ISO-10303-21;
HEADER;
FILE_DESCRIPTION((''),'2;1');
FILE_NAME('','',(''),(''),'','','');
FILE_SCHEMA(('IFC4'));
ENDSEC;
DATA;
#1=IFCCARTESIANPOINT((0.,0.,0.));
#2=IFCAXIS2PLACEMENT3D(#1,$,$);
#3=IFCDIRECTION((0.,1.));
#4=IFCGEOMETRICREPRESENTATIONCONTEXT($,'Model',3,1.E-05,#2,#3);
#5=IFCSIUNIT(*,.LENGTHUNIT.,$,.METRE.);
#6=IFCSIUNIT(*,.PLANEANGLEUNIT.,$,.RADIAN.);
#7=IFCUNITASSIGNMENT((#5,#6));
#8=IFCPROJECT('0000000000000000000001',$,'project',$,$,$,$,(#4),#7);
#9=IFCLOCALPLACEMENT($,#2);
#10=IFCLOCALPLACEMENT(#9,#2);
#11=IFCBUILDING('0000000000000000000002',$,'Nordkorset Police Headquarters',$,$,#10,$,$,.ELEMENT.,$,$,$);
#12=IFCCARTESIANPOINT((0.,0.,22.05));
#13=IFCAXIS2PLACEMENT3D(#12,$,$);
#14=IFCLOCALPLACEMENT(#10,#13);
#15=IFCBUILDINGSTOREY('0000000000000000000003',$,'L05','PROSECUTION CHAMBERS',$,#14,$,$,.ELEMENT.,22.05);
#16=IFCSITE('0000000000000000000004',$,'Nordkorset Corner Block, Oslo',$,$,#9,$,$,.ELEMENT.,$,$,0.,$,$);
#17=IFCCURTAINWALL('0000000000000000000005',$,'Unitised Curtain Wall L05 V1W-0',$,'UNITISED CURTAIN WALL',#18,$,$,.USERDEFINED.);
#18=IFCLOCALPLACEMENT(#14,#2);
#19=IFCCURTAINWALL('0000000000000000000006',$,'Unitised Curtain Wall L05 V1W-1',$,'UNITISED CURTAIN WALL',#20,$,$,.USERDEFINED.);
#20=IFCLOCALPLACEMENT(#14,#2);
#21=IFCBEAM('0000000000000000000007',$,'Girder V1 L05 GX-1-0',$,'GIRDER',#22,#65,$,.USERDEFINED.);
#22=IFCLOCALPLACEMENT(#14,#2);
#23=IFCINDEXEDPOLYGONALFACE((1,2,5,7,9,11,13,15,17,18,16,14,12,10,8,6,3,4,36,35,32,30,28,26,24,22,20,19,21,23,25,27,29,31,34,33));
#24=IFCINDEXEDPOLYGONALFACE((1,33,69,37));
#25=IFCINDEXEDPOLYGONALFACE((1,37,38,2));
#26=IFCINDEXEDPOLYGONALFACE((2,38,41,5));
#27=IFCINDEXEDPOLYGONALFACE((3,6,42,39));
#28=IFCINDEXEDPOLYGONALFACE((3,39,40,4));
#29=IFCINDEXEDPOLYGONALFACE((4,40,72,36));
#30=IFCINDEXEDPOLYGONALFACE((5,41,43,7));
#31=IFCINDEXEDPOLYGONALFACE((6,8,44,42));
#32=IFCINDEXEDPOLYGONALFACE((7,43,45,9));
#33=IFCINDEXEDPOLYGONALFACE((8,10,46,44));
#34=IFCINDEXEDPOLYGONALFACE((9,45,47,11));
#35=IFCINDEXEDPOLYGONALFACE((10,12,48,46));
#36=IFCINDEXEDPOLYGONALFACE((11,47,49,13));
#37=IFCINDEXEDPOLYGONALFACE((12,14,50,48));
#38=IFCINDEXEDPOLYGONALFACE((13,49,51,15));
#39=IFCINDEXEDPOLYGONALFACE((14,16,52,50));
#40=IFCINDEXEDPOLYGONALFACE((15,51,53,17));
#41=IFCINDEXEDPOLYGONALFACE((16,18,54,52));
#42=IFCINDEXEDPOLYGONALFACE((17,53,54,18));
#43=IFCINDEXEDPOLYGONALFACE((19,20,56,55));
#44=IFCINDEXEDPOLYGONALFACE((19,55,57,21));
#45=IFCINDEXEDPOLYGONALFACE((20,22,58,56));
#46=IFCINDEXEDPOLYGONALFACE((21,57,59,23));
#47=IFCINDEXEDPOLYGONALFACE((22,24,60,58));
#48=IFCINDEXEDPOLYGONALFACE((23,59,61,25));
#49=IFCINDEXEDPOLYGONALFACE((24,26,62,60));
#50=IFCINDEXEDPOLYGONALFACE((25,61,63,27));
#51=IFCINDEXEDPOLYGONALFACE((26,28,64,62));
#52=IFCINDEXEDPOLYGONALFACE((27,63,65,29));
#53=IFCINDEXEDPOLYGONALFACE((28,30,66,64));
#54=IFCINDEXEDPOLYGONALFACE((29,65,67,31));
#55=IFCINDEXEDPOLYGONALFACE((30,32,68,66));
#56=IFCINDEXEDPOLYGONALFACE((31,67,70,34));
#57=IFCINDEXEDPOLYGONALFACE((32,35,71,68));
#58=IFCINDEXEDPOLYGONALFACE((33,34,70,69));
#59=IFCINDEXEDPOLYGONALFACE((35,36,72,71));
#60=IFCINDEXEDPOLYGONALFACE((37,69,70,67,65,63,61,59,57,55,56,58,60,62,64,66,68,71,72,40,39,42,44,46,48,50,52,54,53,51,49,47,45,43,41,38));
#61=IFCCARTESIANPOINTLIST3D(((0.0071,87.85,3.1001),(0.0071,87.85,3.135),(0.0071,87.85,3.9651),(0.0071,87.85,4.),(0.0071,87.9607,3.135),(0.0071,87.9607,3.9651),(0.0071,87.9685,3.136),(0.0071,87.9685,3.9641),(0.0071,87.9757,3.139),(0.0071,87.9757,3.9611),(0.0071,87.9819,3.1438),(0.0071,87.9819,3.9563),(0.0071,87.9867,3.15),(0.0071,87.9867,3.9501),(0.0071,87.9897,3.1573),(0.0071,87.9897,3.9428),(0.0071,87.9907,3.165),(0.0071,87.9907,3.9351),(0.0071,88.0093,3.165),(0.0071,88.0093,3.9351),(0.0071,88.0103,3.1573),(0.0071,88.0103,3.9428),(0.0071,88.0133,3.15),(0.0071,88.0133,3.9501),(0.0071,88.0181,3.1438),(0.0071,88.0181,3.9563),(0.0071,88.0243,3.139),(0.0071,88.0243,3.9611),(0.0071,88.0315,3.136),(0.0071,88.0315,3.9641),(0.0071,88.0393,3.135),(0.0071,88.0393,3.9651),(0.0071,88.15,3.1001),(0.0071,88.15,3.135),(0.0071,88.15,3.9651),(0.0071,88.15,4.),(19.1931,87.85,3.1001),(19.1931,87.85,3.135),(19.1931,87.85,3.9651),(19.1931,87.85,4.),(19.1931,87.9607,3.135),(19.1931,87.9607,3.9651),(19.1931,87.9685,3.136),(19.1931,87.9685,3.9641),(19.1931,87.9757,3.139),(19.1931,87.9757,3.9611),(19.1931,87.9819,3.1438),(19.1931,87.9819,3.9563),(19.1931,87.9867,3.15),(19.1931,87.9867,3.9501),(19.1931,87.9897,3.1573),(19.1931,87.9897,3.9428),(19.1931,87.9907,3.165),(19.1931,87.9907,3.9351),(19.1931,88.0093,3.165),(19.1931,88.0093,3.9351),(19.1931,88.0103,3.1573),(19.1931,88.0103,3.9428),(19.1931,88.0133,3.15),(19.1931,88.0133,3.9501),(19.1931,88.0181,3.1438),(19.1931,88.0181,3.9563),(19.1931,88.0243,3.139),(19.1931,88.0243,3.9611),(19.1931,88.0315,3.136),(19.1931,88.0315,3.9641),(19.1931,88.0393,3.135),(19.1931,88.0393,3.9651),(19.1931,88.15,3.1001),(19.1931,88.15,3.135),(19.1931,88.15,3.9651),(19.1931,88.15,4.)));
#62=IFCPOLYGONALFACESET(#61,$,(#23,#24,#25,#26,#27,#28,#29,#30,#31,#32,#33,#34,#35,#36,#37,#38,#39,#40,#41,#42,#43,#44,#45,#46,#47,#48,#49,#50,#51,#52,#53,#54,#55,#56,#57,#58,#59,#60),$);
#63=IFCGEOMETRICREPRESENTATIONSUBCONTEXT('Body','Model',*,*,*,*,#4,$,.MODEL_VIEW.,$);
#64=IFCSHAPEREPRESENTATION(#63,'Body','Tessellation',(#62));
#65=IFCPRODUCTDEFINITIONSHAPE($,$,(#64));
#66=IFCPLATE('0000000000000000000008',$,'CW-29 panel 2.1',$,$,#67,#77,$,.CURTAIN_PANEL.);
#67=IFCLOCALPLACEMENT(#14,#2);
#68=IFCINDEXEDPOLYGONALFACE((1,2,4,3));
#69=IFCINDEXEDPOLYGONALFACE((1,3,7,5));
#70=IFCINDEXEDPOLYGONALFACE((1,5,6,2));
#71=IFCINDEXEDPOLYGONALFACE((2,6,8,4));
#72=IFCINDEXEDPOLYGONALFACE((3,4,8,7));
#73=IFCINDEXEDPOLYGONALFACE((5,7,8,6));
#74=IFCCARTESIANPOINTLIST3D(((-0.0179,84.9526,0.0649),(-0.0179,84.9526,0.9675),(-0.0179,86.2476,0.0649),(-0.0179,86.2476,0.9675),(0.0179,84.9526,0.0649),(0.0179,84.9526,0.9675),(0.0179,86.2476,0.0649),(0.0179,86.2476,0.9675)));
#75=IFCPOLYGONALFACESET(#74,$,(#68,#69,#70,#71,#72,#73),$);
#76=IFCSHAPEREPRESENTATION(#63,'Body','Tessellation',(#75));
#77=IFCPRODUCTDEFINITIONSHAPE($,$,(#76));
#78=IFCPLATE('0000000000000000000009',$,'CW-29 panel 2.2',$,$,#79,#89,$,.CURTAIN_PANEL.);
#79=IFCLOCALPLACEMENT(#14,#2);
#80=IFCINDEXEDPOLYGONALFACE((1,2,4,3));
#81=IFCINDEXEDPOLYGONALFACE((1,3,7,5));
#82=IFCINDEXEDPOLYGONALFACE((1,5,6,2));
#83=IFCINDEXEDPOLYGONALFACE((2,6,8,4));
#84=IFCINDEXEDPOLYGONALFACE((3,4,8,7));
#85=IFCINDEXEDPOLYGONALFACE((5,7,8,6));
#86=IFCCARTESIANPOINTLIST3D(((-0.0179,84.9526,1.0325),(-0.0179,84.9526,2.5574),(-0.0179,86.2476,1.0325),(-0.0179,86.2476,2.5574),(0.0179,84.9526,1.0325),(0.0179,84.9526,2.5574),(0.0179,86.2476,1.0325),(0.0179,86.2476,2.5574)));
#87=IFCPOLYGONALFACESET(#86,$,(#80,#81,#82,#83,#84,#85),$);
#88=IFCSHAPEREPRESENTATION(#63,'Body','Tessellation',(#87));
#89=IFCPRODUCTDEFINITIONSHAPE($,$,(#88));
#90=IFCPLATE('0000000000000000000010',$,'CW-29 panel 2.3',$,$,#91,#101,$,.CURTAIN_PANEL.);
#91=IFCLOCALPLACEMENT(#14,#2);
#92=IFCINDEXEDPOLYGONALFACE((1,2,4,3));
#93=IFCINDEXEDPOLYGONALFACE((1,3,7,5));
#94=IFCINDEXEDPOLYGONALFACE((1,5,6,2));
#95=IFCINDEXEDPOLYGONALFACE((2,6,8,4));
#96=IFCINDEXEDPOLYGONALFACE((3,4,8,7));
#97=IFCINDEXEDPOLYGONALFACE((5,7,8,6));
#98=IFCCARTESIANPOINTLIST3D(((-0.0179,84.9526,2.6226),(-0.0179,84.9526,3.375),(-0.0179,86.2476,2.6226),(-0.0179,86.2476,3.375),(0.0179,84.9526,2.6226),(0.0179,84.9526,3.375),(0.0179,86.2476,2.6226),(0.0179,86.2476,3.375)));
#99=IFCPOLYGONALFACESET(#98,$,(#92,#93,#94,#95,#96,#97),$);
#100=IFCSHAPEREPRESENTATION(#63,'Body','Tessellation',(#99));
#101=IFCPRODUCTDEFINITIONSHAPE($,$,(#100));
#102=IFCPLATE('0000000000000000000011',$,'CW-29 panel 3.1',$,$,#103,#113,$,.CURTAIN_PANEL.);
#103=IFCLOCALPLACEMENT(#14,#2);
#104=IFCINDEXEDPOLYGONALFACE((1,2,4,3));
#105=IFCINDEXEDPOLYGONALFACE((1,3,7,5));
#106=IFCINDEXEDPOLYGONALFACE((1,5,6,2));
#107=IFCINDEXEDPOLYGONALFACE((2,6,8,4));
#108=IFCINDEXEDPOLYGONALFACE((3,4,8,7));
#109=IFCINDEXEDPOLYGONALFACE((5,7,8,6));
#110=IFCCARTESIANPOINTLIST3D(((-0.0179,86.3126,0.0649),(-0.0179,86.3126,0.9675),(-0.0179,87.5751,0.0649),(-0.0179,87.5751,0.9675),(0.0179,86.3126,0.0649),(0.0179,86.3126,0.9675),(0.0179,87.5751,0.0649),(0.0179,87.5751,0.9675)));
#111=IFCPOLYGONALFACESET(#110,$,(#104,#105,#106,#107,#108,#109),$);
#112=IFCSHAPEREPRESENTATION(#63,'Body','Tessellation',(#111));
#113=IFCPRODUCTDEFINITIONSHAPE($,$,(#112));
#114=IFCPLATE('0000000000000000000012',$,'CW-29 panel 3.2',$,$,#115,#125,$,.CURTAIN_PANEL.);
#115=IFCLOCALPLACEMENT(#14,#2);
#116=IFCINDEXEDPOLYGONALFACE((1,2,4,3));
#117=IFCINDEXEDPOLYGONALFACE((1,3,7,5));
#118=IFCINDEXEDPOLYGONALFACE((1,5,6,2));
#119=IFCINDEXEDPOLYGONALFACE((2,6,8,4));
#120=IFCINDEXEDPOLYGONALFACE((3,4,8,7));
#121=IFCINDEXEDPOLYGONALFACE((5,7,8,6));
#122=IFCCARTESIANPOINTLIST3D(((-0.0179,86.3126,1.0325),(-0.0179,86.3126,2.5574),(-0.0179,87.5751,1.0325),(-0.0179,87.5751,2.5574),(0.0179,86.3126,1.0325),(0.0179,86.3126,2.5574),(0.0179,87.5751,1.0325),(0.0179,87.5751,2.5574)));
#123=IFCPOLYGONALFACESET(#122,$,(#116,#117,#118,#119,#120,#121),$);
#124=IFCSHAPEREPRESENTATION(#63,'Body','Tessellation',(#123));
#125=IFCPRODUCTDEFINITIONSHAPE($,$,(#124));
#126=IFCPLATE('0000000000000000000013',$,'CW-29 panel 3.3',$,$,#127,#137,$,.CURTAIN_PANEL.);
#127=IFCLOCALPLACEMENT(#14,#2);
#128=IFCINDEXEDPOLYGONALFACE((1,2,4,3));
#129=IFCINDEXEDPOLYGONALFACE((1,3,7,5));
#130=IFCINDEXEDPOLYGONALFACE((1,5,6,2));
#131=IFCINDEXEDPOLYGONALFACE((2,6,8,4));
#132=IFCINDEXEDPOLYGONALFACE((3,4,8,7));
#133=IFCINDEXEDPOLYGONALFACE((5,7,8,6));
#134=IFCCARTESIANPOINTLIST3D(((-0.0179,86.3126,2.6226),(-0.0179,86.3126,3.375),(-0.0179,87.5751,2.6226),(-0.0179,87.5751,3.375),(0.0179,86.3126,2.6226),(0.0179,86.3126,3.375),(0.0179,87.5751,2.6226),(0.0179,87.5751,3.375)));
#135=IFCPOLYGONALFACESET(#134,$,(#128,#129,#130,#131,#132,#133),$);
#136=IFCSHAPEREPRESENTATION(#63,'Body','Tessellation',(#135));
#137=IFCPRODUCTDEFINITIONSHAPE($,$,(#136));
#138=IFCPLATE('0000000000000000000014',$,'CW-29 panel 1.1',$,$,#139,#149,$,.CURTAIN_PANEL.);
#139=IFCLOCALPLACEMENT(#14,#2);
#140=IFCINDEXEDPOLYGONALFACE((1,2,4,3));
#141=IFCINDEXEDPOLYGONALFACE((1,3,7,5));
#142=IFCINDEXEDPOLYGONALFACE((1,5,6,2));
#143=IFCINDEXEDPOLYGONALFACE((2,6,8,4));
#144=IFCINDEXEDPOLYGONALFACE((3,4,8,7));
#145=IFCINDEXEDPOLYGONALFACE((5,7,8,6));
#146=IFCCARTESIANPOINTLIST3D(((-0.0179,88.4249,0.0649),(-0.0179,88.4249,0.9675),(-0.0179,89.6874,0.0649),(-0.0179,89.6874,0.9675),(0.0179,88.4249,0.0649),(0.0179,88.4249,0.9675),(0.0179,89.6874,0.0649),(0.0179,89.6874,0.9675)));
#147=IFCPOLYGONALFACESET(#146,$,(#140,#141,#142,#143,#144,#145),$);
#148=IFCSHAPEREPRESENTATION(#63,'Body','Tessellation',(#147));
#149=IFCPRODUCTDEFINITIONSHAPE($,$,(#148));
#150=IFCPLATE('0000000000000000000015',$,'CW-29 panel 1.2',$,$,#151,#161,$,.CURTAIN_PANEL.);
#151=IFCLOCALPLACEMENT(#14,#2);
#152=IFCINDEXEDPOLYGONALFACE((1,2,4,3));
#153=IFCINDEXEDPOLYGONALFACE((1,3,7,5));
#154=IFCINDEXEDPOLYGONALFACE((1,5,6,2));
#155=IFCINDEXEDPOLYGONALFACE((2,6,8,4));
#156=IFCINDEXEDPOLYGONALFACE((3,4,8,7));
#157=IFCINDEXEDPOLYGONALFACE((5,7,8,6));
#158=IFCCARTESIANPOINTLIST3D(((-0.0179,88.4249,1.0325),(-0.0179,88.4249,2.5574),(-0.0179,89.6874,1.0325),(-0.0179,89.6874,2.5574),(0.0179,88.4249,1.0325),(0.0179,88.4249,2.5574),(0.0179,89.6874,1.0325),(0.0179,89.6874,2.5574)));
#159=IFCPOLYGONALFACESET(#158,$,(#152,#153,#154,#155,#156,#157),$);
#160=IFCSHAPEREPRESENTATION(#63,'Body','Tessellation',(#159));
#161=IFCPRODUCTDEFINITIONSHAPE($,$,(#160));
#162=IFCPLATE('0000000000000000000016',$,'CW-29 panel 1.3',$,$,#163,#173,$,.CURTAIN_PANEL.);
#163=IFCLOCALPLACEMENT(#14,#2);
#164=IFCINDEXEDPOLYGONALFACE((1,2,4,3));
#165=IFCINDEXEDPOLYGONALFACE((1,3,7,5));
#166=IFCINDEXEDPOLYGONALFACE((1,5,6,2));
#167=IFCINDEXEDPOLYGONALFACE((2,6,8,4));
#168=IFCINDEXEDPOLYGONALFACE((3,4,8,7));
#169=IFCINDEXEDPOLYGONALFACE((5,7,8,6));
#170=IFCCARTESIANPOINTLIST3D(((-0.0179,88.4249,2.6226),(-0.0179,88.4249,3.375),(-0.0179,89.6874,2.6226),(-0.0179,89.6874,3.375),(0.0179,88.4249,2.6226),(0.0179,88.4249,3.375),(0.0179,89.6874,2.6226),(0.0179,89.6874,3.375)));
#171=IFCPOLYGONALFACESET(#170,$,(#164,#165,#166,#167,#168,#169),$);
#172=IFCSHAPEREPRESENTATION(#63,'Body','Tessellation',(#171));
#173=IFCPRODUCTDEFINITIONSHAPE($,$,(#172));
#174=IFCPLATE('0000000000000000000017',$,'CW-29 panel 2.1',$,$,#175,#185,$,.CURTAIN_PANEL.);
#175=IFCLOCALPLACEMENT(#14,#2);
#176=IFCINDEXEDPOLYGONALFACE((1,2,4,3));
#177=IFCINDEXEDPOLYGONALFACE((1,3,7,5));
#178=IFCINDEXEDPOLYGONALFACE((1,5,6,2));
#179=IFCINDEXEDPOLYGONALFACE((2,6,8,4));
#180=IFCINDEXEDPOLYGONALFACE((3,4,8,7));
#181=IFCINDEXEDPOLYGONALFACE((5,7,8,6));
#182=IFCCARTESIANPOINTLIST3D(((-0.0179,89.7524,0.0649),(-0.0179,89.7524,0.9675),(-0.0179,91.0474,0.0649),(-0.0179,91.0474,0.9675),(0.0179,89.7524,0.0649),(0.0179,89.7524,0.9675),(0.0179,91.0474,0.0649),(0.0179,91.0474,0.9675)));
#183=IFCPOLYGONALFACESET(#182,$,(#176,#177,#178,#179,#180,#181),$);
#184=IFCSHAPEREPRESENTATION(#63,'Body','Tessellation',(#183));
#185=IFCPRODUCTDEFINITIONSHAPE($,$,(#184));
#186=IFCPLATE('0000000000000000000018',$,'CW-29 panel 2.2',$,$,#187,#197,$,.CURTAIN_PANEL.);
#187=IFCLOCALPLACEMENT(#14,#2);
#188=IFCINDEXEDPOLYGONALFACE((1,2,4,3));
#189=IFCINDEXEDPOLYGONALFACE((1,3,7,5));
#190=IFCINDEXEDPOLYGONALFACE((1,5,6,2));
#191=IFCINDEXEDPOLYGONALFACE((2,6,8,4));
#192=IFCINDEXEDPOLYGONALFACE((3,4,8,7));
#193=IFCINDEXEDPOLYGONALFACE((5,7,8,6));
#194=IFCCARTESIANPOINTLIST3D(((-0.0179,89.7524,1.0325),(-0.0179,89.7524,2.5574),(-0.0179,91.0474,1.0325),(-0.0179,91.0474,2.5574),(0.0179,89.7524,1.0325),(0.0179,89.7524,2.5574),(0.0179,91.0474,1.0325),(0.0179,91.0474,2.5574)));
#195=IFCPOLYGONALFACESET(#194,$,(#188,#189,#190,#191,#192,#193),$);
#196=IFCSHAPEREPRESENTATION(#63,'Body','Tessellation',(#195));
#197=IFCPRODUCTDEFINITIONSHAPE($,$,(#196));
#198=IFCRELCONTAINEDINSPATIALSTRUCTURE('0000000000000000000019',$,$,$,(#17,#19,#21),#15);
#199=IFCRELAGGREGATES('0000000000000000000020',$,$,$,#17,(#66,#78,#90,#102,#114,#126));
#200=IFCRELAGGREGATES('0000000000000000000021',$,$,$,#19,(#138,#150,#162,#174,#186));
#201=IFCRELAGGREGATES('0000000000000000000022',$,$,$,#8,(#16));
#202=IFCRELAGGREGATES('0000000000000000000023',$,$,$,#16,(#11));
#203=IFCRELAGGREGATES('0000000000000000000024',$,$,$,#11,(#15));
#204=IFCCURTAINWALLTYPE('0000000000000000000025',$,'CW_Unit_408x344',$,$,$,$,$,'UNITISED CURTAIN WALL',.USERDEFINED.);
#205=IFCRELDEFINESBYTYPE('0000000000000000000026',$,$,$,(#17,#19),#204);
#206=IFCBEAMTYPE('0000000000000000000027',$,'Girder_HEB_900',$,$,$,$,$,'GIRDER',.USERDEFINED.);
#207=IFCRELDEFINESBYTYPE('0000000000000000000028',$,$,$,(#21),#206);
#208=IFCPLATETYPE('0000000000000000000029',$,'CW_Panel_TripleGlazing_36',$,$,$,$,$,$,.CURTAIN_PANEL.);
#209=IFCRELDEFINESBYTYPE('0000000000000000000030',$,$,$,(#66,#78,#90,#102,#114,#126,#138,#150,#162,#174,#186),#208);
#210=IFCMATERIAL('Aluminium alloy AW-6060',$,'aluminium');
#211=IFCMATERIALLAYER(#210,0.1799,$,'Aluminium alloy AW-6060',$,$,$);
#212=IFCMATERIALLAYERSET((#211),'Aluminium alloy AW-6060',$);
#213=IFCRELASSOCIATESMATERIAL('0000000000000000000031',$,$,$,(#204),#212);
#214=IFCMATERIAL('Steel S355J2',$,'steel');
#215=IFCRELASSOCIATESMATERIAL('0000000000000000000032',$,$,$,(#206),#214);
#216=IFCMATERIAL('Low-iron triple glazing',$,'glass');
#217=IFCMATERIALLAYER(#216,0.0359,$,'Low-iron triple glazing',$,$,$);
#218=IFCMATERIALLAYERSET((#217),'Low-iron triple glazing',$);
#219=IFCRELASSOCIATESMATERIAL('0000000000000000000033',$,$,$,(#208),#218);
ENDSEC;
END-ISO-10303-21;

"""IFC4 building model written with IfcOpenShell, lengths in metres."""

from ifc_helpers import new_model, si_unit, direction, frame, origin, origin_2d, place, context, subcontext, project, spatial, rectangle, i_section, extrude, material, layer, layer_set, material_profile, profile_set, type_object, element, aggregate, save


model = new_model("IFC4")

# Units and contexts
model_context = context("Model", 3, precision=1e-05, world=origin(), true_north=direction((0.0, 1.0)))
body_context = subcontext(model_context, "Body", "Model", "MODEL_VIEW")
ifc_project = project(units=[si_unit("LENGTHUNIT", "METRE"), si_unit("PLANEANGLEUNIT", "RADIAN")], contexts=[model_context])

# Site, building, storey
site_placement = place(None, origin())
site = spatial("IfcSite", under=ifc_project, at=site_placement, Name="Nordkorset Corner Block, Oslo", CompositionType="ELEMENT", RefElevation=0.0)
building_placement = place(site_placement, origin())
building = spatial("IfcBuilding", under=site, at=building_placement, Name="Nordkorset Police Headquarters", CompositionType="ELEMENT")
storey_placement = place(building_placement, frame((0.0, 0.0, 22.05)))
storey = spatial("IfcBuildingStorey", under=building, at=storey_placement, Name="L05", Description="PROSECUTION CHAMBERS", CompositionType="ELEMENT", Elevation=22.05)

# Curtain walls
ifc_material_1 = material(Name="Aluminium alloy AW-6060", Category="aluminium")
ifc_layer_1 = layer(ifc_material_1, 0.1799, Name="Aluminium alloy AW-6060")
ifc_layer_set_1 = layer_set([ifc_layer_1], Name="Aluminium alloy AW-6060")
curtain_wall_type = type_object("IfcCurtainWallType", Name="CW_Unit_408x344", ElementType="UNITISED CURTAIN WALL", PredefinedType="USERDEFINED", material=ifc_layer_set_1)
curtain_wall_1_placement = place(storey_placement, origin())
curtain_wall_1 = element("IfcCurtainWall", 1, at=curtain_wall_1_placement, inside=storey, type_object=curtain_wall_type, Name="Unitised Curtain Wall L05 V1W-0", ObjectType="UNITISED CURTAIN WALL", PredefinedType="USERDEFINED")
curtain_wall_2_placement = place(storey_placement, origin())
curtain_wall_2 = element("IfcCurtainWall", 2, at=curtain_wall_2_placement, inside=storey, type_object=curtain_wall_type, Name="Unitised Curtain Wall L05 V1W-1", ObjectType="UNITISED CURTAIN WALL", PredefinedType="USERDEFINED")

# Beam
ifc_material_2 = material(Name="Steel S355J2", Category="steel")
ifc_material_profile_1 = material_profile(ifc_material_2, i_section(OverallWidth=0.3, OverallDepth=0.8999, WebThickness=0.0186, FlangeThickness=0.0349, FilletRadius=0.03, at=origin_2d()), Name="HEB 900")
ifc_profile_set_1 = profile_set([ifc_material_profile_1], Name="Steel S355J2")
beam_type_1 = type_object("IfcBeamType", Name="Girder_HEB_900", ElementType="GIRDER", PredefinedType="USERDEFINED", material=ifc_profile_set_1)
beam_1_placement = place(storey_placement, frame((0.0071, 88.0, 3.55), z_axis=(1.0, 0.0, 0.0), x_axis=(0.0, 1.0, 0.0)))
element("IfcBeam", 3, at=beam_1_placement, inside=storey, type_object=beam_type_1, Name="Girder V1 L05 GX-1-0", ObjectType="GIRDER", PredefinedType="USERDEFINED", context=body_context, shape_type="SweptSolid", body=[
    extrude(i_section(OverallWidth=0.3, OverallDepth=0.8999, WebThickness=0.0186, FlangeThickness=0.0349, FilletRadius=0.03, at=origin_2d()), origin(), (0.0, 0.0, 1.0), 19.186),
])

# Plates
ifc_material_3 = material(Name="Low-iron triple glazing", Category="glass")
ifc_layer_2 = layer(ifc_material_3, 0.0359, Name="Low-iron triple glazing")
ifc_layer_set_2 = layer_set([ifc_layer_2], Name="Low-iron triple glazing")
plate_type = type_object("IfcPlateType", Name="CW_Panel_TripleGlazing_36", PredefinedType="CURTAIN_PANEL", material=ifc_layer_set_2)
plate_1_placement = place(storey_placement, frame((0.0, 85.6001, 0.0649), z_axis=(0.0, 0.0, 1.0), x_axis=(0.0, 1.0, 0.0)))
plate_1 = element("IfcPlate", 4, at=plate_1_placement, type_object=plate_type, Name="CW-29 panel 2.1", PredefinedType="CURTAIN_PANEL", context=body_context, shape_type="SweptSolid", body=[
    extrude(rectangle(XDim=1.2949, YDim=0.0359, at=origin_2d()), origin(), (0.0, 0.0, 1.0), 0.9026),
])
plate_2_placement = place(storey_placement, frame((0.0, 85.6001, 1.0325), z_axis=(0.0, 0.0, 1.0), x_axis=(0.0, 1.0, 0.0)))
plate_2 = element("IfcPlate", 5, at=plate_2_placement, type_object=plate_type, Name="CW-29 panel 2.2", PredefinedType="CURTAIN_PANEL", context=body_context, shape_type="SweptSolid", body=[
    extrude(rectangle(XDim=1.2949, YDim=0.0359, at=origin_2d()), origin(), (0.0, 0.0, 1.0), 1.5249),
])
plate_3_placement = place(storey_placement, frame((0.0, 85.6001, 2.6226), z_axis=(0.0, 0.0, 1.0), x_axis=(0.0, 1.0, 0.0)))
plate_3 = element("IfcPlate", 6, at=plate_3_placement, type_object=plate_type, Name="CW-29 panel 2.3", PredefinedType="CURTAIN_PANEL", context=body_context, shape_type="SweptSolid", body=[
    extrude(rectangle(XDim=1.2949, YDim=0.0359, at=origin_2d()), origin(), (0.0, 0.0, 1.0), 0.7524),
])
plate_4_placement = place(storey_placement, frame((0.0, 86.9438, 0.0649), z_axis=(0.0, 0.0, 1.0), x_axis=(0.0, 1.0, 0.0)))
plate_4 = element("IfcPlate", 7, at=plate_4_placement, type_object=plate_type, Name="CW-29 panel 3.1", PredefinedType="CURTAIN_PANEL", context=body_context, shape_type="SweptSolid", body=[
    extrude(rectangle(XDim=1.2625, YDim=0.0359, at=origin_2d()), origin(), (0.0, 0.0, 1.0), 0.9026),
])
plate_5_placement = place(storey_placement, frame((0.0, 86.9438, 1.0325), z_axis=(0.0, 0.0, 1.0), x_axis=(0.0, 1.0, 0.0)))
plate_5 = element("IfcPlate", 8, at=plate_5_placement, type_object=plate_type, Name="CW-29 panel 3.2", PredefinedType="CURTAIN_PANEL", context=body_context, shape_type="SweptSolid", body=[
    extrude(rectangle(XDim=1.2625, YDim=0.0359, at=origin_2d()), origin(), (0.0, 0.0, 1.0), 1.5249),
])
plate_6_placement = place(storey_placement, frame((0.0, 86.9438, 2.6226), z_axis=(0.0, 0.0, 1.0), x_axis=(0.0, 1.0, 0.0)))
plate_6 = element("IfcPlate", 9, at=plate_6_placement, type_object=plate_type, Name="CW-29 panel 3.3", PredefinedType="CURTAIN_PANEL", context=body_context, shape_type="SweptSolid", body=[
    extrude(rectangle(XDim=1.2625, YDim=0.0359, at=origin_2d()), origin(), (0.0, 0.0, 1.0), 0.7524),
])
aggregate(curtain_wall_1, [plate_1, plate_2, plate_3, plate_4, plate_5, plate_6])
plate_7_placement = place(storey_placement, frame((0.0, 89.0562, 0.0649), z_axis=(0.0, 0.0, 1.0), x_axis=(0.0, 1.0, 0.0)))
plate_7 = element("IfcPlate", 10, at=plate_7_placement, type_object=plate_type, Name="CW-29 panel 1.1", PredefinedType="CURTAIN_PANEL", context=body_context, shape_type="SweptSolid", body=[
    extrude(rectangle(XDim=1.2625, YDim=0.0359, at=origin_2d()), origin(), (0.0, 0.0, 1.0), 0.9026),
])
plate_8_placement = place(storey_placement, frame((0.0, 89.0562, 1.0325), z_axis=(0.0, 0.0, 1.0), x_axis=(0.0, 1.0, 0.0)))
plate_8 = element("IfcPlate", 11, at=plate_8_placement, type_object=plate_type, Name="CW-29 panel 1.2", PredefinedType="CURTAIN_PANEL", context=body_context, shape_type="SweptSolid", body=[
    extrude(rectangle(XDim=1.2625, YDim=0.0359, at=origin_2d()), origin(), (0.0, 0.0, 1.0), 1.5249),
])
plate_9_placement = place(storey_placement, frame((0.0, 89.0562, 2.6226), z_axis=(0.0, 0.0, 1.0), x_axis=(0.0, 1.0, 0.0)))
plate_9 = element("IfcPlate", 12, at=plate_9_placement, type_object=plate_type, Name="CW-29 panel 1.3", PredefinedType="CURTAIN_PANEL", context=body_context, shape_type="SweptSolid", body=[
    extrude(rectangle(XDim=1.2625, YDim=0.0359, at=origin_2d()), origin(), (0.0, 0.0, 1.0), 0.7524),
])
plate_10_placement = place(storey_placement, frame((0.0, 90.3999, 0.0649), z_axis=(0.0, 0.0, 1.0), x_axis=(0.0, 1.0, 0.0)))
plate_10 = element("IfcPlate", 13, at=plate_10_placement, type_object=plate_type, Name="CW-29 panel 2.1", PredefinedType="CURTAIN_PANEL", context=body_context, shape_type="SweptSolid", body=[
    extrude(rectangle(XDim=1.2949, YDim=0.0359, at=origin_2d()), origin(), (0.0, 0.0, 1.0), 0.9026),
])
plate_11_placement = place(storey_placement, frame((0.0, 90.3999, 1.0325), z_axis=(0.0, 0.0, 1.0), x_axis=(0.0, 1.0, 0.0)))
plate_11 = element("IfcPlate", 14, at=plate_11_placement, type_object=plate_type, Name="CW-29 panel 2.2", PredefinedType="CURTAIN_PANEL", context=body_context, shape_type="SweptSolid", body=[
    extrude(rectangle(XDim=1.2949, YDim=0.0359, at=origin_2d()), origin(), (0.0, 0.0, 1.0), 1.5249),
])
aggregate(curtain_wall_2, [plate_7, plate_8, plate_9, plate_10, plate_11])

save(model, "model.ifc")
